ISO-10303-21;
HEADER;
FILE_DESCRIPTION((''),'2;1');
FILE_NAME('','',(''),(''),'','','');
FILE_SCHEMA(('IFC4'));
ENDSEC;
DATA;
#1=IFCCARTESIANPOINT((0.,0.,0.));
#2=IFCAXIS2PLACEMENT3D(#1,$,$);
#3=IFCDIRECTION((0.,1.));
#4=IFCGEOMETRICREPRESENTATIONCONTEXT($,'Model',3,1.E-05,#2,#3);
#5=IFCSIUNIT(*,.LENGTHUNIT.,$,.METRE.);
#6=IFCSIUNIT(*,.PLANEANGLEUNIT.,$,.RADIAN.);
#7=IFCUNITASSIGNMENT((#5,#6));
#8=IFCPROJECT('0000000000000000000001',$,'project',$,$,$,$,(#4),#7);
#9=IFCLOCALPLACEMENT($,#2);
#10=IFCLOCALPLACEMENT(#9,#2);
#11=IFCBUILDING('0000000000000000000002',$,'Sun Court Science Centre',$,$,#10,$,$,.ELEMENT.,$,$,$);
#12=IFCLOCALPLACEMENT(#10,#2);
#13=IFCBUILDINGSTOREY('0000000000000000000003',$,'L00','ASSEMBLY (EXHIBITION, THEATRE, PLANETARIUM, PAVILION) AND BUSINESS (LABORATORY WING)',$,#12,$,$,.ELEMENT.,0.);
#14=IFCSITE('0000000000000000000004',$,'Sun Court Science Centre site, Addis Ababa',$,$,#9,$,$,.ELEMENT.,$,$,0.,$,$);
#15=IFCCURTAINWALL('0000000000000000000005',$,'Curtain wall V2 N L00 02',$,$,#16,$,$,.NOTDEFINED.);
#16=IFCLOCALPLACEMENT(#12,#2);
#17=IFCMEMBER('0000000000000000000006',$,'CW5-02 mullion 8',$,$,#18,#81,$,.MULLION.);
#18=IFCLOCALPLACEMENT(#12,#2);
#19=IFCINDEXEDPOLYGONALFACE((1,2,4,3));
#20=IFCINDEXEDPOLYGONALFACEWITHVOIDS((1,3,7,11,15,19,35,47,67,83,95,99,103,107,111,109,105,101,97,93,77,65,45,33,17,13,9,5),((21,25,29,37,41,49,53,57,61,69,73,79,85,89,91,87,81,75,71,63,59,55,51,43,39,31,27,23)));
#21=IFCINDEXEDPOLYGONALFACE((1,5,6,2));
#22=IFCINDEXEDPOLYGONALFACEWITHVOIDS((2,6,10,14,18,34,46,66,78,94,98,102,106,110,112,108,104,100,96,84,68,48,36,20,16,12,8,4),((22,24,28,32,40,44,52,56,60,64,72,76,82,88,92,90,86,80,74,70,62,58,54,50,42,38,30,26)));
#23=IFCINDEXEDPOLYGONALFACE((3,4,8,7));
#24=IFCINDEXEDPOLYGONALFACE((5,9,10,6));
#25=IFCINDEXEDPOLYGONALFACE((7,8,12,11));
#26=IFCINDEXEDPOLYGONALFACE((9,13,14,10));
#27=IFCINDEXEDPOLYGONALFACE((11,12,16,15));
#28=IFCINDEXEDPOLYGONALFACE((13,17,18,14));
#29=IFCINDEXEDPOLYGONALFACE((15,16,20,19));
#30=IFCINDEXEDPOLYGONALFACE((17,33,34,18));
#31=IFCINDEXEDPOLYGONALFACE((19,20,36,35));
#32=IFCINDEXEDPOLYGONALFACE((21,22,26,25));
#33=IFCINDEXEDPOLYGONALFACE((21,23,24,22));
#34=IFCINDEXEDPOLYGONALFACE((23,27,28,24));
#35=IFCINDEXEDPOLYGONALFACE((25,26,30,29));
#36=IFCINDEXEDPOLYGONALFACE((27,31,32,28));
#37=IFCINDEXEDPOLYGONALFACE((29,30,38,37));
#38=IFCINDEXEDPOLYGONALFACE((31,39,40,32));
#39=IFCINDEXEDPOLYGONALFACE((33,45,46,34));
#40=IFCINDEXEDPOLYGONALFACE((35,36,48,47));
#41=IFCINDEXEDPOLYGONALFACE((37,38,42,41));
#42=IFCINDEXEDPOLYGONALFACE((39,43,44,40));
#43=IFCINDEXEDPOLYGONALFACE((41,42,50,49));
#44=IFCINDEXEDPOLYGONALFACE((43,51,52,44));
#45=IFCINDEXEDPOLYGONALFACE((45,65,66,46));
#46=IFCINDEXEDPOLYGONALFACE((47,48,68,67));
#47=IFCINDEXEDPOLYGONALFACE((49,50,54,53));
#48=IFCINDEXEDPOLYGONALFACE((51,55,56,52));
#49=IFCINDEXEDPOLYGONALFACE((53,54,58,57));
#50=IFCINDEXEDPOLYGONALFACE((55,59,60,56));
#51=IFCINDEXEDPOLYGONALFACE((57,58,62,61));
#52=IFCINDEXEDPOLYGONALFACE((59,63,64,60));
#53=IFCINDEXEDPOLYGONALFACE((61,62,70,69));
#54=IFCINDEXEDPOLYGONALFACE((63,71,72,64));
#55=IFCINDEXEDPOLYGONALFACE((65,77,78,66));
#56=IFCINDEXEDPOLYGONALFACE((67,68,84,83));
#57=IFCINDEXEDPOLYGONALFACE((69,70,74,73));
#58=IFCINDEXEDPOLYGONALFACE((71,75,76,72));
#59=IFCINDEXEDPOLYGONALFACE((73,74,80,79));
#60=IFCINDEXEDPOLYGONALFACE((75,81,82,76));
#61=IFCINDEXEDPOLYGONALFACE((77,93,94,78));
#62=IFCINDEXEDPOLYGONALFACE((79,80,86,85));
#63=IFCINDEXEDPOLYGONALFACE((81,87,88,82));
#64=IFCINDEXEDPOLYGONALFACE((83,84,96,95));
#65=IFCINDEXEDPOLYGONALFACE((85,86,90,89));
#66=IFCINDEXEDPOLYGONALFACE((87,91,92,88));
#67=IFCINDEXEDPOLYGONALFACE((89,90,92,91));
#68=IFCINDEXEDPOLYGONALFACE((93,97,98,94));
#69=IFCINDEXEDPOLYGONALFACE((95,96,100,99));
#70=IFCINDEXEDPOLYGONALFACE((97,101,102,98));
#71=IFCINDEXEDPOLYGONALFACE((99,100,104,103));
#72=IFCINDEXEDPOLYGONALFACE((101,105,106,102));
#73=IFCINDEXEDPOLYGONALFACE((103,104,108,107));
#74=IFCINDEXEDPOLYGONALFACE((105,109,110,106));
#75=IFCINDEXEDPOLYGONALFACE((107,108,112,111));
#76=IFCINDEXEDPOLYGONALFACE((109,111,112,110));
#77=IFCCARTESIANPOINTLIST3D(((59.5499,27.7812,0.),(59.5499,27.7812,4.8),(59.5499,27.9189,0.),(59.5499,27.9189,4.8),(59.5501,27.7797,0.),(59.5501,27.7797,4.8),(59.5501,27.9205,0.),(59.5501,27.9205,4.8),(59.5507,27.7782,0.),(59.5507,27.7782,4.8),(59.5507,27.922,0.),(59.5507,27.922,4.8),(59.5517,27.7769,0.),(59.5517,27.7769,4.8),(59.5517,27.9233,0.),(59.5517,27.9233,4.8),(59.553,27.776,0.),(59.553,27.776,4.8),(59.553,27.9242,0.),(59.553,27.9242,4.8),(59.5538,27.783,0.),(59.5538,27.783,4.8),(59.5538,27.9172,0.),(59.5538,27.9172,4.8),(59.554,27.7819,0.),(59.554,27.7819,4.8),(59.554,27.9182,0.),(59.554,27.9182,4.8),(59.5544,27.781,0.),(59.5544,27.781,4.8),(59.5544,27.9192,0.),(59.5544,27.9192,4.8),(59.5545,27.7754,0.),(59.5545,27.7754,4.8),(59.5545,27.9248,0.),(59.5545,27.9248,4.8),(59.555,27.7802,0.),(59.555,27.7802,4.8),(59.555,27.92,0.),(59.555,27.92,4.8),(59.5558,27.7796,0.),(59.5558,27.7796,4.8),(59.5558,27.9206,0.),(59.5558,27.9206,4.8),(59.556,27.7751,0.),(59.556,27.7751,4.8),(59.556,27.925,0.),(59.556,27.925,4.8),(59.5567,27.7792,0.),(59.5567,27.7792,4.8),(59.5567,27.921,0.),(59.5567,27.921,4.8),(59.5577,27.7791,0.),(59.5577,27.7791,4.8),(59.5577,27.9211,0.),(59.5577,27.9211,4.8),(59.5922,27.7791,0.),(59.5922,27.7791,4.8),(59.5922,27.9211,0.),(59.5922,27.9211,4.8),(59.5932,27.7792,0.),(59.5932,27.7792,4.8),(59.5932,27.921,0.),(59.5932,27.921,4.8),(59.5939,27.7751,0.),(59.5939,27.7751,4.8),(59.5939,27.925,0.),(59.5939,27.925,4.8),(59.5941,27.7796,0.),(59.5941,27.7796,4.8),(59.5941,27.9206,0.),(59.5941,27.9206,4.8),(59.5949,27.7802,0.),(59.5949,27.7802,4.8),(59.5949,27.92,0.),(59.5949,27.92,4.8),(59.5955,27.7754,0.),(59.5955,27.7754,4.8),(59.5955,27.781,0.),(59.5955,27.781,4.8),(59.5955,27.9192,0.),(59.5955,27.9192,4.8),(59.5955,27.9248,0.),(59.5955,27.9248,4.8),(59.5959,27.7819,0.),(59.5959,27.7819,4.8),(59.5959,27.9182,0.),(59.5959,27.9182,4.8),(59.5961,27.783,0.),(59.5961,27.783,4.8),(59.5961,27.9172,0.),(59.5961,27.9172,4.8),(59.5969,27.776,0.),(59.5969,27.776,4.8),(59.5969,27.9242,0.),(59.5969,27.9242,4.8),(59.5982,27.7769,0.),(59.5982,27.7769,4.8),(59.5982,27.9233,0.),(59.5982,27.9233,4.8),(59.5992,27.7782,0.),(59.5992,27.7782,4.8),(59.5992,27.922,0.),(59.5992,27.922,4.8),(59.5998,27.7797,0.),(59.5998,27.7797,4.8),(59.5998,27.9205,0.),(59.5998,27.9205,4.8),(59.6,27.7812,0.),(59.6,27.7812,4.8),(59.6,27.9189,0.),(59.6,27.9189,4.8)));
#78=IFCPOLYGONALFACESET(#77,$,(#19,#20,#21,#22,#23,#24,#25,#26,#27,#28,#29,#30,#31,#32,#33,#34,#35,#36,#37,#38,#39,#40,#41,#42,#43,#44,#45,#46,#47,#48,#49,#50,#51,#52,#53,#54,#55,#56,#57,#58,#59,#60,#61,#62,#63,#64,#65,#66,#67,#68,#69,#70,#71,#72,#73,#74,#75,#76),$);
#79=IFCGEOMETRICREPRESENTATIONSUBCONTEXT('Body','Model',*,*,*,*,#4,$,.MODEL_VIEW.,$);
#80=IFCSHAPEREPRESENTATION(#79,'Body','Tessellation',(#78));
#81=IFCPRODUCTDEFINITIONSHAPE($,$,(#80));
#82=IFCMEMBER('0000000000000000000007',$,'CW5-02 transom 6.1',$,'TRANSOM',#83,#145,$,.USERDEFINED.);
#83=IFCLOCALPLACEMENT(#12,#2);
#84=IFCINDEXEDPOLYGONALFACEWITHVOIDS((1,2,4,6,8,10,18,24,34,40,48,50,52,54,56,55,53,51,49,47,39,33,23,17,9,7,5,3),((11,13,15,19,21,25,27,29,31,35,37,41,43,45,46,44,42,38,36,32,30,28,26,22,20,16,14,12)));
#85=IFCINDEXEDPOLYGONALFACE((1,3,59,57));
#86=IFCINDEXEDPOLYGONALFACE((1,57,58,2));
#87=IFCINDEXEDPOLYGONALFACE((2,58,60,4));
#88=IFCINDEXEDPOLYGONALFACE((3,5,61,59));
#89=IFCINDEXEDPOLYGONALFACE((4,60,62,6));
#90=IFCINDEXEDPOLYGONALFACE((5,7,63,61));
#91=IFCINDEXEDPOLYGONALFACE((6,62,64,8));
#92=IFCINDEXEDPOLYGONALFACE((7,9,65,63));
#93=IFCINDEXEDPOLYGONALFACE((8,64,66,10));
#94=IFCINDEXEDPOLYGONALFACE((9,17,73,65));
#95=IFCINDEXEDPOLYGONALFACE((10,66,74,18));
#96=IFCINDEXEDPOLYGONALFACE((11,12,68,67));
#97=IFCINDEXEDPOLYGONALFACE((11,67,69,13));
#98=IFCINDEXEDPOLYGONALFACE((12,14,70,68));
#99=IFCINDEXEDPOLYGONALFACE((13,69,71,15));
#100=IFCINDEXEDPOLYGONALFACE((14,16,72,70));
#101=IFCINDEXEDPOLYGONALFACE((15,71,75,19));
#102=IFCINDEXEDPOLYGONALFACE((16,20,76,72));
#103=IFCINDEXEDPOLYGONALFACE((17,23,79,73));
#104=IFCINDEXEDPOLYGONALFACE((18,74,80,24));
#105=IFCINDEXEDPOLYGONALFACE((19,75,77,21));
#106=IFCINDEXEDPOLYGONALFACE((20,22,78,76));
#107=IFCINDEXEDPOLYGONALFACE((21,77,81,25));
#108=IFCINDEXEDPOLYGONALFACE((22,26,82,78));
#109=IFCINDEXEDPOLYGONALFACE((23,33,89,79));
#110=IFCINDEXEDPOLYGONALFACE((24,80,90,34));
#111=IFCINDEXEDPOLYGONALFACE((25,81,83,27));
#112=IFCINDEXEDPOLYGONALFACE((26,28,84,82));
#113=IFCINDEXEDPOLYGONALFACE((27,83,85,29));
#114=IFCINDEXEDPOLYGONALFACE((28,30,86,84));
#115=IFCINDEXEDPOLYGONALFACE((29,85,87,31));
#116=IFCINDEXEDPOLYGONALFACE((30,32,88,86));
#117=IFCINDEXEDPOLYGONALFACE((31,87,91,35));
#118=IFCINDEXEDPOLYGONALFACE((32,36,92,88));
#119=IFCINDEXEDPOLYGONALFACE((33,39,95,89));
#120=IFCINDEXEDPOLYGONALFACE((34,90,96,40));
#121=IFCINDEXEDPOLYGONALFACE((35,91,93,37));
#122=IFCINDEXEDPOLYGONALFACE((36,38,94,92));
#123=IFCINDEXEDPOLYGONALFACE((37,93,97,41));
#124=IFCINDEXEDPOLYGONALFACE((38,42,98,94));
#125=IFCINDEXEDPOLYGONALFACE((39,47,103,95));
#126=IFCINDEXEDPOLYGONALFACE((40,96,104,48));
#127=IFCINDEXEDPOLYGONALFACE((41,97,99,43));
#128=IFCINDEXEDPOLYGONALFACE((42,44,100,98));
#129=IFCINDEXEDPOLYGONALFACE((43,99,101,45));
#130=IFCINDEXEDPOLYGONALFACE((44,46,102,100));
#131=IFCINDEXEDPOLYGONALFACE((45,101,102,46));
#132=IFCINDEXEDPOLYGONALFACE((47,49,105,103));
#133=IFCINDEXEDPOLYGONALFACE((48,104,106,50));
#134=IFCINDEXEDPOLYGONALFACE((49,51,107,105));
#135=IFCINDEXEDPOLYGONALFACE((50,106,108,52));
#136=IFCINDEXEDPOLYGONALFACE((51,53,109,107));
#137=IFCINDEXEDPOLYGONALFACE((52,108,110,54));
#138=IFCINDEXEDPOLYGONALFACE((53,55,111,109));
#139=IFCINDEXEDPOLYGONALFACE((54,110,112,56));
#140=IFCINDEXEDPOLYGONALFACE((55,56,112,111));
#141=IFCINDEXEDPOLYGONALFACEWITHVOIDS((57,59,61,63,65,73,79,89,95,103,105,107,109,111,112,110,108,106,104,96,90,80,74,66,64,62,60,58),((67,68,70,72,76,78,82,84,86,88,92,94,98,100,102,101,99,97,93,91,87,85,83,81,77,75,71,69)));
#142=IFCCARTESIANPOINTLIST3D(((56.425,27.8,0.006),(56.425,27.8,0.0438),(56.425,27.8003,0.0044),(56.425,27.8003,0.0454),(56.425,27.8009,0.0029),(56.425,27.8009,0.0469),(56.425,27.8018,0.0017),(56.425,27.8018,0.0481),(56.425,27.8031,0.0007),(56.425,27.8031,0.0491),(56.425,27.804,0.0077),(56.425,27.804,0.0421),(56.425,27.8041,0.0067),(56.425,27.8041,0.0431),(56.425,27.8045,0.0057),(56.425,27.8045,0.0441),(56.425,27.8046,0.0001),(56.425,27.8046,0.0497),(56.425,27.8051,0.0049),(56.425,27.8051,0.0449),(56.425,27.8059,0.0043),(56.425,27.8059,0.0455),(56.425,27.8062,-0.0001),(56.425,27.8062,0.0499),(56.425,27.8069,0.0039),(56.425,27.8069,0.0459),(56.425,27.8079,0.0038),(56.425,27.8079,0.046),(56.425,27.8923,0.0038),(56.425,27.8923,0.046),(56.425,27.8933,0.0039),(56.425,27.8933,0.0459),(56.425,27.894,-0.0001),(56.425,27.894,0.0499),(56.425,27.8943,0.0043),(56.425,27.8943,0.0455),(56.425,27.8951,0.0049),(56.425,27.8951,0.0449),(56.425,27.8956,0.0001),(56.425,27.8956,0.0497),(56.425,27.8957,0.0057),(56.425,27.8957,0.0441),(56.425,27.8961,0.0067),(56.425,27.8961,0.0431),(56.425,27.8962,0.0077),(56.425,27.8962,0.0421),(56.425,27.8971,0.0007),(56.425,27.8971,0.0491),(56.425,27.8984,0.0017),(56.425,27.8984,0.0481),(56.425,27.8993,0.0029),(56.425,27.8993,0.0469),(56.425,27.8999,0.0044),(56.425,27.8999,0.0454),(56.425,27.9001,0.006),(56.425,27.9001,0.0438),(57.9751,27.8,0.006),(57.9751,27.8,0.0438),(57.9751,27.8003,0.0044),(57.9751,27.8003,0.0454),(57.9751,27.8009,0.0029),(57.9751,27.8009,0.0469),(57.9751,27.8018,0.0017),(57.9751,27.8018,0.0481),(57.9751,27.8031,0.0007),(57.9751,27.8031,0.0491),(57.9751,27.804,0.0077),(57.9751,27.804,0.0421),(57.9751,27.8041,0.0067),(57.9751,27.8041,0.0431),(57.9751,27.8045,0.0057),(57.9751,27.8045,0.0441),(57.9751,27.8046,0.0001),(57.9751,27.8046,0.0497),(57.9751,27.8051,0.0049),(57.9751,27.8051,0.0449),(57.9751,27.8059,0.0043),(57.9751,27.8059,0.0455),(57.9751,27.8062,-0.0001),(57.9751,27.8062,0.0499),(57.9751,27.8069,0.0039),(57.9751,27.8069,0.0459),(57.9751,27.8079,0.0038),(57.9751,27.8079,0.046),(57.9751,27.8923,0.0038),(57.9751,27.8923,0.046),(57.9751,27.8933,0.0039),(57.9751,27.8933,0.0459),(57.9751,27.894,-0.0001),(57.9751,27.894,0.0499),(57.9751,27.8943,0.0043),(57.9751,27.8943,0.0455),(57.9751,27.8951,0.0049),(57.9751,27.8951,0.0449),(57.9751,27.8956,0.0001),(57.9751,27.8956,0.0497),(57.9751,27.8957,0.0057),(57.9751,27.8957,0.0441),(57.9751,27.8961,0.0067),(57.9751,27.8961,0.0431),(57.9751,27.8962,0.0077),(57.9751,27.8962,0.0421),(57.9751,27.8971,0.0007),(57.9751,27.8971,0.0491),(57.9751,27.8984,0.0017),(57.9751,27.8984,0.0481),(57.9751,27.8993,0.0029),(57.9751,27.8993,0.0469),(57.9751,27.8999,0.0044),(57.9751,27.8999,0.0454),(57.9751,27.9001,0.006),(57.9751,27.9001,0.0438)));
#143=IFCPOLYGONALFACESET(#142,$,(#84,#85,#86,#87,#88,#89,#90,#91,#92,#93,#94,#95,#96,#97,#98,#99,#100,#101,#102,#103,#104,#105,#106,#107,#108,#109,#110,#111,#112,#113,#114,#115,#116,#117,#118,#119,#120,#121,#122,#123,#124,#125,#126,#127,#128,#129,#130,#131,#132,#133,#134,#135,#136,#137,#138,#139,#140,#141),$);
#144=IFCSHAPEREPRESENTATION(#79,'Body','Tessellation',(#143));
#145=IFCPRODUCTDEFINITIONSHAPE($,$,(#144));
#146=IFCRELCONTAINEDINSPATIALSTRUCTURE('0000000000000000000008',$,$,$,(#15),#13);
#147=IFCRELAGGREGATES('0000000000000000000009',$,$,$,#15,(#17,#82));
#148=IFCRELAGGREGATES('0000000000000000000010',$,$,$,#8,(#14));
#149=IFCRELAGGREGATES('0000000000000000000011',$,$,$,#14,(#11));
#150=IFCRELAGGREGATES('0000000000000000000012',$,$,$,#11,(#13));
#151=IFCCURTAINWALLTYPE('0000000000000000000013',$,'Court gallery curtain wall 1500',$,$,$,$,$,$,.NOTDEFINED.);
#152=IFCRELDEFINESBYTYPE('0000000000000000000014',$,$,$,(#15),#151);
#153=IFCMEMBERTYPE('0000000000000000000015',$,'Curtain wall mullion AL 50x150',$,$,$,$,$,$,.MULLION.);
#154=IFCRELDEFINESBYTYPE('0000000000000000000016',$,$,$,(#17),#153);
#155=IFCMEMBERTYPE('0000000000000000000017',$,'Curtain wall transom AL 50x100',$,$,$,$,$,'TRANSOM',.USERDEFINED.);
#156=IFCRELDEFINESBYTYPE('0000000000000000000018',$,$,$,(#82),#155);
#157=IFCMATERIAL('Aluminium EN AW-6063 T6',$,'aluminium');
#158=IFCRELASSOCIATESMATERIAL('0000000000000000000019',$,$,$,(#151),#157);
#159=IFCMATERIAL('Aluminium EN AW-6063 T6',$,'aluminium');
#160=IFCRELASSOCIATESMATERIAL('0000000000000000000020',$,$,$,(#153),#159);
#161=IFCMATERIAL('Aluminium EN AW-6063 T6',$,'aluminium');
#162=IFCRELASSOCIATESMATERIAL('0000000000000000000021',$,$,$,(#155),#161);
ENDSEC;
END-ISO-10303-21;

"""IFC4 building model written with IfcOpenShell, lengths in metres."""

from ifc_helpers import new_model, si_unit, direction, frame, origin, origin_2d, place, context, subcontext, project, spatial, hollow_rectangle, extrude, material, material_profile, profile_set, type_object, element, aggregate, save


model = new_model("IFC4")

# Units and contexts
model_context = context("Model", 3, precision=1e-05, world=origin(), true_north=direction((0.0, 1.0)))
body_context = subcontext(model_context, "Body", "Model", "MODEL_VIEW")
ifc_project = project(units=[si_unit("LENGTHUNIT", "METRE"), si_unit("PLANEANGLEUNIT", "RADIAN")], contexts=[model_context])

# Site, building, storey
site_placement = place(None, origin())
site = spatial("IfcSite", under=ifc_project, at=site_placement, Name="Sun Court Science Centre site, Addis Ababa", CompositionType="ELEMENT", RefElevation=0.0)
building_placement = place(site_placement, origin())
building = spatial("IfcBuilding", under=site, at=building_placement, Name="Sun Court Science Centre", CompositionType="ELEMENT")
storey_placement = place(building_placement, origin())
storey = spatial("IfcBuildingStorey", under=building, at=storey_placement, Name="L00", Description="ASSEMBLY (EXHIBITION, THEATRE, PLANETARIUM, PAVILION) AND BUSINESS (LABORATORY WING)", CompositionType="ELEMENT", Elevation=0.0)

# Curtain wall, members
ifc_material_1 = material(Name="Aluminium EN AW-6063 T6", Category="aluminium")
curtain_wall_type = type_object("IfcCurtainWallType", Name="Court gallery curtain wall 1500", PredefinedType="NOTDEFINED", material=ifc_material_1)
curtain_wall_placement = place(storey_placement, origin())
curtain_wall = element("IfcCurtainWall", 1, at=curtain_wall_placement, inside=storey, type_object=curtain_wall_type, Name="Curtain wall V2 N L00 02", PredefinedType="NOTDEFINED")
ifc_material_2 = material(Name="Aluminium EN AW-6063 T6", Category="aluminium")
ifc_material_profile_1 = material_profile(ifc_material_2, hollow_rectangle(XDim=0.05, YDim=0.1499, WallThickness=0.0039, InnerFilletRadius=0.0039, OuterFilletRadius=0.0061, at=origin_2d()), Name="AL 50x150x4")
ifc_profile_set_1 = profile_set([ifc_material_profile_1], Name="Aluminium EN AW-6063 T6")
member_type_1 = type_object("IfcMemberType", Name="Curtain wall mullion AL 50x150", PredefinedType="MULLION", material=ifc_profile_set_1)
member_1_placement = place(storey_placement, frame((59.575, 27.8501, 0.0), z_axis=(0.0, 0.0, 1.0), x_axis=(1.0, 0.0, 0.0)))
member_1 = element("IfcMember", 2, at=member_1_placement, type_object=member_type_1, Name="CW5-02 mullion 8", PredefinedType="MULLION", context=body_context, shape_type="SweptSolid", body=[
    extrude(hollow_rectangle(XDim=0.05, YDim=0.1499, WallThickness=0.0039, InnerFilletRadius=0.0039, OuterFilletRadius=0.0061, at=origin_2d()), origin(), (0.0, 0.0, 1.0), 4.8),
])
ifc_material_3 = material(Name="Aluminium EN AW-6063 T6", Category="aluminium")
ifc_material_profile_2 = material_profile(ifc_material_3, hollow_rectangle(XDim=0.05, YDim=0.1001, WallThickness=0.0039, InnerFilletRadius=0.0039, OuterFilletRadius=0.0061, at=origin_2d()), Name="AL 50x100x4")
ifc_profile_set_2 = profile_set([ifc_material_profile_2], Name="Aluminium EN AW-6063 T6")
member_type_2 = type_object("IfcMemberType", Name="Curtain wall transom AL 50x100", ElementType="TRANSOM", PredefinedType="USERDEFINED", material=ifc_profile_set_2)
member_2_placement = place(storey_placement, frame((56.425, 27.8501, 0.0249), z_axis=(1.0, 0.0, 0.0), x_axis=(0.0, 0.0, 1.0)))
member_2 = element("IfcMember", 3, at=member_2_placement, type_object=member_type_2, Name="CW5-02 transom 6.1", ObjectType="TRANSOM", PredefinedType="USERDEFINED", context=body_context, shape_type="SweptSolid", body=[
    extrude(hollow_rectangle(XDim=0.05, YDim=0.1001, WallThickness=0.0039, InnerFilletRadius=0.0039, OuterFilletRadius=0.0061, at=origin_2d()), origin(), (0.0, 0.0, 1.0), 1.55),
])
aggregate(curtain_wall, [member_1, member_2])

save(model, "model.ifc")
